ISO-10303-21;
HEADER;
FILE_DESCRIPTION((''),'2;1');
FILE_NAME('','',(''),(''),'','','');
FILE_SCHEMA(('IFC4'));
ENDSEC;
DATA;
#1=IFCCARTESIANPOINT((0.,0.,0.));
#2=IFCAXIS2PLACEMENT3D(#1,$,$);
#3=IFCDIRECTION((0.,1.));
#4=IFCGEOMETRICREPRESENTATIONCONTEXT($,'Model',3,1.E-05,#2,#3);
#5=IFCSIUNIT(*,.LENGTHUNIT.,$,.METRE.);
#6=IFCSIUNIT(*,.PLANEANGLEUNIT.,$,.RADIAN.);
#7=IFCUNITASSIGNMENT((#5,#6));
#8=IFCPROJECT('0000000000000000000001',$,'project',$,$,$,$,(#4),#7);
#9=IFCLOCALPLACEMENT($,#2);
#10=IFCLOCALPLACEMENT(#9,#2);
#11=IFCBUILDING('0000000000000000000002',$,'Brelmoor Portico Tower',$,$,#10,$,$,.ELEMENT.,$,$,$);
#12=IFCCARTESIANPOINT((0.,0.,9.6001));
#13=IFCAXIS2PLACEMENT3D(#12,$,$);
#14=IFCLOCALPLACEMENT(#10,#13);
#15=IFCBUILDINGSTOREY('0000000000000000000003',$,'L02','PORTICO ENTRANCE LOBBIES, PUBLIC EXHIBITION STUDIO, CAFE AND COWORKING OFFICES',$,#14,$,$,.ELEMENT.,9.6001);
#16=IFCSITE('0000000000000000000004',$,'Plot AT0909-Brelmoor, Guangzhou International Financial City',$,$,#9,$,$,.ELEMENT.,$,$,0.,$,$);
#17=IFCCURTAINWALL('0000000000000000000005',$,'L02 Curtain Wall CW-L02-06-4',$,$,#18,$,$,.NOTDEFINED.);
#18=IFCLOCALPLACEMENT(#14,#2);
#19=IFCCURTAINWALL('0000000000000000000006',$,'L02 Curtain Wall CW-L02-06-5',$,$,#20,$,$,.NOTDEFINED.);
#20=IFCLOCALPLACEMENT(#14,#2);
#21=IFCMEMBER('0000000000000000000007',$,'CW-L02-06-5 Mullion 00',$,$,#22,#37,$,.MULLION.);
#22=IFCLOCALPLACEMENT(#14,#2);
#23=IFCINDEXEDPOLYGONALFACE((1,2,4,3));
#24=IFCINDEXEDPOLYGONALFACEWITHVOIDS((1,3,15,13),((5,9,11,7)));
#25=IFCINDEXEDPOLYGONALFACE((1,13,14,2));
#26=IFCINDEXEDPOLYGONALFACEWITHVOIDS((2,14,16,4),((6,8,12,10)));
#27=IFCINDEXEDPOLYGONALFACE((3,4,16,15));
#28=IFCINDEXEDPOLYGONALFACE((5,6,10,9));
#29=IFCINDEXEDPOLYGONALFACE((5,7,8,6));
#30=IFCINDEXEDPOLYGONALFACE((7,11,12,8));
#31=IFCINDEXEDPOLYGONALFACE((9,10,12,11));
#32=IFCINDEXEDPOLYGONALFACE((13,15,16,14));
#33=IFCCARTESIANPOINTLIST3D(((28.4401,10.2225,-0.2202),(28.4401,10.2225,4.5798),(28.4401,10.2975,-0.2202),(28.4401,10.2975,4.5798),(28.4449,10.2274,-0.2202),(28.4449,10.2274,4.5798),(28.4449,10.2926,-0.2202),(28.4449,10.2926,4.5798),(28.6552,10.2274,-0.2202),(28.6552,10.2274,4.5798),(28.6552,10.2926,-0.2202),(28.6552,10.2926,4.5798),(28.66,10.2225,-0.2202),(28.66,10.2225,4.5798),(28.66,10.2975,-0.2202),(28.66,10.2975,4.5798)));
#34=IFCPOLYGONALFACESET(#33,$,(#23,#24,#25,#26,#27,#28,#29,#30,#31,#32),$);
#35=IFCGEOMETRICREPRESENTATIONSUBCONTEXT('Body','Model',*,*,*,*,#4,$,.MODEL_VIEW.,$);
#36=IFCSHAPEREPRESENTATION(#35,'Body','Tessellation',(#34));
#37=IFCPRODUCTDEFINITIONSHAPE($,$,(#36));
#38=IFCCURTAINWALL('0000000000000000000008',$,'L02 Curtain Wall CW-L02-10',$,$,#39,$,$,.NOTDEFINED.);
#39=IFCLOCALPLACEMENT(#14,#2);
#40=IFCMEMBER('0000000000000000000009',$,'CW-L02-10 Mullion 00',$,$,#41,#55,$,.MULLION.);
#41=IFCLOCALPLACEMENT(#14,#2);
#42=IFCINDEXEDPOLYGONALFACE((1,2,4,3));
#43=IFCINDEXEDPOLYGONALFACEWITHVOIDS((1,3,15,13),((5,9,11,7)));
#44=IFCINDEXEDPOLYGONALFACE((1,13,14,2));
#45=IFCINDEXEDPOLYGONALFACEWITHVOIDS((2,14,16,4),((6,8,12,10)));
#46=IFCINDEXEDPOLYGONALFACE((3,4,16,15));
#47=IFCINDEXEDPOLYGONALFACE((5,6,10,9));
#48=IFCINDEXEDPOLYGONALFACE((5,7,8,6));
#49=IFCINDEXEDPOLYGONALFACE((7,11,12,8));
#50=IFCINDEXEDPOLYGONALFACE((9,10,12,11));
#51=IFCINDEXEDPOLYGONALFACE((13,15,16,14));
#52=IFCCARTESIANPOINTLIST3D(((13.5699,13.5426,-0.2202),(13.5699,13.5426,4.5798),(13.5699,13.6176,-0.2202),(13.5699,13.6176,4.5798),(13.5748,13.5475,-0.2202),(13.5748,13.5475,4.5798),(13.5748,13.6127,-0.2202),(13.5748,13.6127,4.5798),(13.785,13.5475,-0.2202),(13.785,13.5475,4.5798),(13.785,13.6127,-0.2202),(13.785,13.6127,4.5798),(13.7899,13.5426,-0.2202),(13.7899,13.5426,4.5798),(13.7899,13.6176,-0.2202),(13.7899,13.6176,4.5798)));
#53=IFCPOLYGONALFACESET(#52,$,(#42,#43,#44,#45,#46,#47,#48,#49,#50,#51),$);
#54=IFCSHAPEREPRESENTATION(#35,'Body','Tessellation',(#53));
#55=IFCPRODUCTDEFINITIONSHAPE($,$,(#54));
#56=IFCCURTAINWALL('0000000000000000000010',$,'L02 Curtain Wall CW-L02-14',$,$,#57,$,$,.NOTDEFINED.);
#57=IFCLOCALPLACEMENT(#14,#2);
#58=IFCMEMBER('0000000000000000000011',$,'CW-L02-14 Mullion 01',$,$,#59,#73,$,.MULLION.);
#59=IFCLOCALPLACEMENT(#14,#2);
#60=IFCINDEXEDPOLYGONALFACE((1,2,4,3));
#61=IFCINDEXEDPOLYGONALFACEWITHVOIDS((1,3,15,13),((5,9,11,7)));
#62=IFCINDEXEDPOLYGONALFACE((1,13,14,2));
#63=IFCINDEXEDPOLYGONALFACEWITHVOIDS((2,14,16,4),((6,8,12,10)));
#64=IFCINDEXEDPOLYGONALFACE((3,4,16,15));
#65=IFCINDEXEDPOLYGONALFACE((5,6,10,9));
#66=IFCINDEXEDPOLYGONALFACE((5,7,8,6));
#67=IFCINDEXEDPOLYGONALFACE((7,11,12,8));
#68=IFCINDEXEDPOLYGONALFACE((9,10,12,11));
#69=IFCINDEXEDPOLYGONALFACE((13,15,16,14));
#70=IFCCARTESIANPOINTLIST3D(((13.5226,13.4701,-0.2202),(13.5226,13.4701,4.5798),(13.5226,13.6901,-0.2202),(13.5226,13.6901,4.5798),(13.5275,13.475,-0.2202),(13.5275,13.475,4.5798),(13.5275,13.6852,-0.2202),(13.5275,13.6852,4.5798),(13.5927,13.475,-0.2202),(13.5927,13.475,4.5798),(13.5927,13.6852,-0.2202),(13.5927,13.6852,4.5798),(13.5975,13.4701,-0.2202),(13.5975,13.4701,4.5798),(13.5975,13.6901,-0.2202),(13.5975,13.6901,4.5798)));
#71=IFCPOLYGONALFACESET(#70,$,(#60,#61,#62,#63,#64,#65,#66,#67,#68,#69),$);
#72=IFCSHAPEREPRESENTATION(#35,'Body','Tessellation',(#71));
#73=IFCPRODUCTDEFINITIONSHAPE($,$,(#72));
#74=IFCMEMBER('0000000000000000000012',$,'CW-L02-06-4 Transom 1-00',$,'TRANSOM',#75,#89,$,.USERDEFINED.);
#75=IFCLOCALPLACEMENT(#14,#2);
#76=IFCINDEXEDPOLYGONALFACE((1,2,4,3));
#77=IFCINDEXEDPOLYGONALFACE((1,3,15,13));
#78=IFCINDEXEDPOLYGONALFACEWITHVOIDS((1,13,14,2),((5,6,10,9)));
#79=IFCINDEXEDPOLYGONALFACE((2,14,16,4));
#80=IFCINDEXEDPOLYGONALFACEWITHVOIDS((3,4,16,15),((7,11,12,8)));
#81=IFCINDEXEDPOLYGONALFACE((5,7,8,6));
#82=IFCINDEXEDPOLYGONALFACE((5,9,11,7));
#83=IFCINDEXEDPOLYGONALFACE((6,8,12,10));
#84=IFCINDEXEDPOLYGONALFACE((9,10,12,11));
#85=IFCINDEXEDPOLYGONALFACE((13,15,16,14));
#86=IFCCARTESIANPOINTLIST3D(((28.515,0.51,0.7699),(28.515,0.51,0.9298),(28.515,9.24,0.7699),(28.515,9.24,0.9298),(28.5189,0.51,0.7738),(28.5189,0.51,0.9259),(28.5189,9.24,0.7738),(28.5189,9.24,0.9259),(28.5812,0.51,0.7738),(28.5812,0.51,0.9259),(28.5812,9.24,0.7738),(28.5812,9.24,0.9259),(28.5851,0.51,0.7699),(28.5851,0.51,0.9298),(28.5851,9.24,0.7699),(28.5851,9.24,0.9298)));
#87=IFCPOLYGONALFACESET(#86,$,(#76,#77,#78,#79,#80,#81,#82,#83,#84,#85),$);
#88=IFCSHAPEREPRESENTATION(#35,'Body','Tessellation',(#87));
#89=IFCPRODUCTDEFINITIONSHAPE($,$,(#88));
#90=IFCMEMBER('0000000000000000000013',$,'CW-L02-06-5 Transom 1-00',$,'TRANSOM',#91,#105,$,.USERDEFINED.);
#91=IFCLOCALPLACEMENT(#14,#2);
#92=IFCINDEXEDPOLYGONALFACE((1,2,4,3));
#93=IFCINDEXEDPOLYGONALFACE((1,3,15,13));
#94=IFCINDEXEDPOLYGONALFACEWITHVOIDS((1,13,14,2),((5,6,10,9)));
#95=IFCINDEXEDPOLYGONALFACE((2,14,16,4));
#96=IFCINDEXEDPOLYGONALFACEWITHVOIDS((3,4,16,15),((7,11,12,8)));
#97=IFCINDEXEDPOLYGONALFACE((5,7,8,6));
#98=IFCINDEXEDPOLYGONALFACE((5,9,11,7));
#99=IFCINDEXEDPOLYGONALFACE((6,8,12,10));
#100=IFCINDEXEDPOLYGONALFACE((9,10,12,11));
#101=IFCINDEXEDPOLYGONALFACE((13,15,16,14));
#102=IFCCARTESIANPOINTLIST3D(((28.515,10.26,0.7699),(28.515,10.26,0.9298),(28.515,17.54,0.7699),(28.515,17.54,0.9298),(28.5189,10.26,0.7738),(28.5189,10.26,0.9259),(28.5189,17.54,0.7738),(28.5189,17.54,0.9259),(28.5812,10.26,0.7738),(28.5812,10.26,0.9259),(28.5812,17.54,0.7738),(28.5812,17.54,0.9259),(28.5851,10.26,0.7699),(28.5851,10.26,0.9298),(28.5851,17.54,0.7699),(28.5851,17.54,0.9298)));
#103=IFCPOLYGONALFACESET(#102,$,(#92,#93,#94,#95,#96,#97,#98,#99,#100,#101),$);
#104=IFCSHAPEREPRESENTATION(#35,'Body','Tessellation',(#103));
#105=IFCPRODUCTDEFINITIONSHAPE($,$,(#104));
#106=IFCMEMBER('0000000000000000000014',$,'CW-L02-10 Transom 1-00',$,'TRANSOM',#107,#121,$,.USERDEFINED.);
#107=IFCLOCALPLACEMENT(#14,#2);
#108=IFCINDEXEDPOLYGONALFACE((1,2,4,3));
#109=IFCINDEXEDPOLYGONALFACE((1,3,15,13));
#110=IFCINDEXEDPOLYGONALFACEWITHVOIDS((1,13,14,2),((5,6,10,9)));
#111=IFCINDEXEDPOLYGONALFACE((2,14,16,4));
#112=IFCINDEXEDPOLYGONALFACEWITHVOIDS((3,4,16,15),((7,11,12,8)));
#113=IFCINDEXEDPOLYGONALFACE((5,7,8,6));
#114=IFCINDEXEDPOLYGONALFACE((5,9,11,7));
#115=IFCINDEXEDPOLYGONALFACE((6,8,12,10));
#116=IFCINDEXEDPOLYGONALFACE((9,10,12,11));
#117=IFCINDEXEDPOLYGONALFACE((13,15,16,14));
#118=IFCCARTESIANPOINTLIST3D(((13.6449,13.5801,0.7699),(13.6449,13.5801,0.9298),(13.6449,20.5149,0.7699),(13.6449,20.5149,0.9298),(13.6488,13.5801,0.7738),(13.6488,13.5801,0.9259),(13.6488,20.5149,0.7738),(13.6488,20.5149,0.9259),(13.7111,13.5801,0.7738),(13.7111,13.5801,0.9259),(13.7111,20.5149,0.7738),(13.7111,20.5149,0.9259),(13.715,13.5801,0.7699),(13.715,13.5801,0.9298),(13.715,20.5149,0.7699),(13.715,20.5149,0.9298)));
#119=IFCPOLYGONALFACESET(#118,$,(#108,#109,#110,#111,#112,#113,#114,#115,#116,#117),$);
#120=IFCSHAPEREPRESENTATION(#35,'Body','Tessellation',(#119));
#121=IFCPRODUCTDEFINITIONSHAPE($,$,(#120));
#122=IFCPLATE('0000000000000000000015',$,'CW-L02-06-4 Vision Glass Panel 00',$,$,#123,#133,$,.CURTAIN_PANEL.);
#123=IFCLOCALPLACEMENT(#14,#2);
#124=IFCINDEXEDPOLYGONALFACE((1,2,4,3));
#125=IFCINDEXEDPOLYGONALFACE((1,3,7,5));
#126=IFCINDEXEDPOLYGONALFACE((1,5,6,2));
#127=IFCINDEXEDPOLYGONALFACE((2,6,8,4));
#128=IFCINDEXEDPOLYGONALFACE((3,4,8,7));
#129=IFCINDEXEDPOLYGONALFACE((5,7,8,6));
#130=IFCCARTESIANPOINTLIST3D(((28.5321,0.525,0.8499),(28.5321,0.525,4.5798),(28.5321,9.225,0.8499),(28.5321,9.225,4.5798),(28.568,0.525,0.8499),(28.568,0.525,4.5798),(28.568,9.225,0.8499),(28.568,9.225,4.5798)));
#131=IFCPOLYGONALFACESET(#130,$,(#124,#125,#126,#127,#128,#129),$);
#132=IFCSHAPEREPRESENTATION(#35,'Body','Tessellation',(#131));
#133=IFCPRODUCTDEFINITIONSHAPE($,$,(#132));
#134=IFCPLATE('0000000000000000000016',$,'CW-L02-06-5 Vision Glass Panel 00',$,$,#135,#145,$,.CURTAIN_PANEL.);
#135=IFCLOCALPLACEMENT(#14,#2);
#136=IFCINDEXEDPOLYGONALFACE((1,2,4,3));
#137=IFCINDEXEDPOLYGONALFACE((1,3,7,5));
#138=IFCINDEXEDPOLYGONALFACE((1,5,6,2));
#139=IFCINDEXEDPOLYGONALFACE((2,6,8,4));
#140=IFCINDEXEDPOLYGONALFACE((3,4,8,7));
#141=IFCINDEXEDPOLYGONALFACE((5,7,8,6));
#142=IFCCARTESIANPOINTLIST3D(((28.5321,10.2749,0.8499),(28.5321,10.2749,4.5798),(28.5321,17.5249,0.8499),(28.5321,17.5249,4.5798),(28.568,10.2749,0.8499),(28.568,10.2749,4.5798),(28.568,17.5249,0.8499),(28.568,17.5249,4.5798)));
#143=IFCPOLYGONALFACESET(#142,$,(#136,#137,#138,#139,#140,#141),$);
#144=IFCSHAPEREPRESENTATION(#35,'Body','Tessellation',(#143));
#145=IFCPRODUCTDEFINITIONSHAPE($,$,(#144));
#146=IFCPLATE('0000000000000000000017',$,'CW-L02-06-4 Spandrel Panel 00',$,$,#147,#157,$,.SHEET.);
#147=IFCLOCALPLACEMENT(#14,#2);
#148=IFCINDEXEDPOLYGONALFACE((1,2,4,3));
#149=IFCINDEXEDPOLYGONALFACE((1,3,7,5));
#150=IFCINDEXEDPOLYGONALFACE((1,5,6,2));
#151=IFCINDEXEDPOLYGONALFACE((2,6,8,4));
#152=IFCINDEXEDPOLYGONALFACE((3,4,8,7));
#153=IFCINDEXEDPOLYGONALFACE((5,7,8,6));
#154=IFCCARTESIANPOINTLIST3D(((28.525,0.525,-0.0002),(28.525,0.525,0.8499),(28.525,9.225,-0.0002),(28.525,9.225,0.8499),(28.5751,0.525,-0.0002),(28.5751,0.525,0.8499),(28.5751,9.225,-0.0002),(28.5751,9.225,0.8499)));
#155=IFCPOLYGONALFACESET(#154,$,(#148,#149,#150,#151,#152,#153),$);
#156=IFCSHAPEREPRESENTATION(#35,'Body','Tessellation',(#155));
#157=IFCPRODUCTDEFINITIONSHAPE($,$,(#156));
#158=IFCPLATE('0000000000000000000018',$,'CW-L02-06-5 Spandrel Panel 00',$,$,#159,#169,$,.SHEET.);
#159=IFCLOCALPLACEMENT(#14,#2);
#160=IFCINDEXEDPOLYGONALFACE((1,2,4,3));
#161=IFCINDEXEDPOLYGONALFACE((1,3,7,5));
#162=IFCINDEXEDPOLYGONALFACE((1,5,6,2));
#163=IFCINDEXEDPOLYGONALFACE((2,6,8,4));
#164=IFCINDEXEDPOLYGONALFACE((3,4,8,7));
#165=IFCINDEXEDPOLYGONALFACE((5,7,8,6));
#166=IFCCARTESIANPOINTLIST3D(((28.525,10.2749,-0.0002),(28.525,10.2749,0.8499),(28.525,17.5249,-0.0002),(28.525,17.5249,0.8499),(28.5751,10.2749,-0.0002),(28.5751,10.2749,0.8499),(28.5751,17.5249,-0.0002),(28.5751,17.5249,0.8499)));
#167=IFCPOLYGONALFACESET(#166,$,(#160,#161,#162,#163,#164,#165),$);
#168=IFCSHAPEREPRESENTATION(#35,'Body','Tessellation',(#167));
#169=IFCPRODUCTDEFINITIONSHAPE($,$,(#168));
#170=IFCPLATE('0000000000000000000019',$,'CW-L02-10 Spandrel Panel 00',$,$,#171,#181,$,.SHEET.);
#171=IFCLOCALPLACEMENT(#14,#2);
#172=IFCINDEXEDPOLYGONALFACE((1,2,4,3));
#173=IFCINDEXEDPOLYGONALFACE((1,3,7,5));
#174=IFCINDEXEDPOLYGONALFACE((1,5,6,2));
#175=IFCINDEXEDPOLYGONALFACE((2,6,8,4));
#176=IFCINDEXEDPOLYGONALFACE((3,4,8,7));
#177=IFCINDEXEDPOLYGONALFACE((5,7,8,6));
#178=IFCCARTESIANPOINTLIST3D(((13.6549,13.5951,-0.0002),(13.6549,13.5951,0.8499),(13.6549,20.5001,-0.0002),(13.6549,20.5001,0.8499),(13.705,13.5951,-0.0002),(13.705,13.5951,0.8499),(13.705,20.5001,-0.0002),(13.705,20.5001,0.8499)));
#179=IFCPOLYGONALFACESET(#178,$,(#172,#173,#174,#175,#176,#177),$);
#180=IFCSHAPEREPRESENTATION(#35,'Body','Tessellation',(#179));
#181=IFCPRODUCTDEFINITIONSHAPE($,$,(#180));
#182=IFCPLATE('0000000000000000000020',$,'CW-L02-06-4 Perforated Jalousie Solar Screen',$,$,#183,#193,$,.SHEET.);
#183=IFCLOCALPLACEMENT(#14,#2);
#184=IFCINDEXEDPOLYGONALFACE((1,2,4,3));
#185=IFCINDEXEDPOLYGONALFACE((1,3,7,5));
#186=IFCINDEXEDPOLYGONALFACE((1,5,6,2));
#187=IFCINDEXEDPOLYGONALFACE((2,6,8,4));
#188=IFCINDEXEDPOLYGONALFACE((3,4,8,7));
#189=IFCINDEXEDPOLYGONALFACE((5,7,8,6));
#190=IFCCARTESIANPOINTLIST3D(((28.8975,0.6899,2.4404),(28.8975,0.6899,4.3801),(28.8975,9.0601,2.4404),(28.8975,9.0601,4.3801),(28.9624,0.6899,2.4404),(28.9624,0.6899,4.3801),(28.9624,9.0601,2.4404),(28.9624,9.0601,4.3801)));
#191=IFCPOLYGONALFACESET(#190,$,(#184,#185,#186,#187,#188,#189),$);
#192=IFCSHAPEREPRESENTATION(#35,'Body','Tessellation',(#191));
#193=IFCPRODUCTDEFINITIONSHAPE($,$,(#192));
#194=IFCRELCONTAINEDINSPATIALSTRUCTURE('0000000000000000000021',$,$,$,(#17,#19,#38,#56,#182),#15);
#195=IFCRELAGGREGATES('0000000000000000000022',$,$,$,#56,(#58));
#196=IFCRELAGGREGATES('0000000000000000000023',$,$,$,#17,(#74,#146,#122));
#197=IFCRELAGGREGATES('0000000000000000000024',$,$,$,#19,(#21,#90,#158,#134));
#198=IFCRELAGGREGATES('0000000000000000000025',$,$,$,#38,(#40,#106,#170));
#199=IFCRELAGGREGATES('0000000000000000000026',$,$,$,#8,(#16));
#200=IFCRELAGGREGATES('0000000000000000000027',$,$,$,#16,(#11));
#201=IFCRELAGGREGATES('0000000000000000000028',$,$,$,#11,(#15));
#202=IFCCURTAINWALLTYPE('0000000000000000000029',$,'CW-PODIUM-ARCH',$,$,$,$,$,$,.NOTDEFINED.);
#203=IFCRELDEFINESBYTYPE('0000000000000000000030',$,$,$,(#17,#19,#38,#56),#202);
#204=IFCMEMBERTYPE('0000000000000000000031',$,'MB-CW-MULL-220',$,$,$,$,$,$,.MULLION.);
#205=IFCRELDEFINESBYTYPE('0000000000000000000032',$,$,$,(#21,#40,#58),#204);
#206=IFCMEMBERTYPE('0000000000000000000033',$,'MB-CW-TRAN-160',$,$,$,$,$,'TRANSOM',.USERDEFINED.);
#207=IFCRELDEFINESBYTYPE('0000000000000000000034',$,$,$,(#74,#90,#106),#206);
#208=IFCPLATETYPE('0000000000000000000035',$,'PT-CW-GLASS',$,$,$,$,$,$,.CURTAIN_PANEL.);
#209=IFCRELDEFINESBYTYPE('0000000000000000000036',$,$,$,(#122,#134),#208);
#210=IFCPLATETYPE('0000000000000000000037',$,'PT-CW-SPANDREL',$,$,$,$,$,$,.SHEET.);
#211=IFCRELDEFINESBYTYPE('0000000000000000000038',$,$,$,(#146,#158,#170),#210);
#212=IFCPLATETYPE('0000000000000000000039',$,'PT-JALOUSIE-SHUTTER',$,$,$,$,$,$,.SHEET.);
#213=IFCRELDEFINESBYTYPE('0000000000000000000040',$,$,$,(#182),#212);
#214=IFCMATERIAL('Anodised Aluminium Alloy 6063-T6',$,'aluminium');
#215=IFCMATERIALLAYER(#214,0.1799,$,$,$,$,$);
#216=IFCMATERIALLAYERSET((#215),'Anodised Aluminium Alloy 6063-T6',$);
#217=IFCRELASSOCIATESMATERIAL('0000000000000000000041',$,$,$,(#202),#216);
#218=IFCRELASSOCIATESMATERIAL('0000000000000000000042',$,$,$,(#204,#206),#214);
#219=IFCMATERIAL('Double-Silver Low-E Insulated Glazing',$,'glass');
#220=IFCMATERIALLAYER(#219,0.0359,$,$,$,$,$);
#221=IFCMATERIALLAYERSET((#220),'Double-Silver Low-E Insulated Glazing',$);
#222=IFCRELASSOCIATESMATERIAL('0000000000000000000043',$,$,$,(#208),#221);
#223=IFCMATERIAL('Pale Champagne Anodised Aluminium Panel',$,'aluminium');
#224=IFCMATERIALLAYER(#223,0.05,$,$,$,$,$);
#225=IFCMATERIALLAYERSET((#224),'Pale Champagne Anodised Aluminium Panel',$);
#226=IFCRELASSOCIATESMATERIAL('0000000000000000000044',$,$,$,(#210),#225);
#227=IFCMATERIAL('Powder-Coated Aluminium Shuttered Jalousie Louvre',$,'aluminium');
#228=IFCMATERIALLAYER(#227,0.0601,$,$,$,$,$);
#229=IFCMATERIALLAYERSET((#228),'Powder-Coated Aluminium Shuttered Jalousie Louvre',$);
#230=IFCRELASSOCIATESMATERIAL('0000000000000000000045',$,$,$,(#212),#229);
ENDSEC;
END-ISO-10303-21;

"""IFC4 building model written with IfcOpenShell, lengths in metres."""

from ifc_helpers import new_model, si_unit, direction, frame, origin, origin_2d, place, context, subcontext, project, spatial, rectangle, hollow_rectangle, extrude, material, layer, layer_set, material_profile, profile_set, type_object, element, aggregate, save


model = new_model("IFC4")

# Units and contexts
model_context = context("Model", 3, precision=1e-05, world=origin(), true_north=direction((0.0, 1.0)))
body_context = subcontext(model_context, "Body", "Model", "MODEL_VIEW")
ifc_project = project(units=[si_unit("LENGTHUNIT", "METRE"), si_unit("PLANEANGLEUNIT", "RADIAN")], contexts=[model_context])

# Site, building, storey
site_placement = place(None, origin())
site = spatial("IfcSite", under=ifc_project, at=site_placement, Name="Plot AT0909-Brelmoor, Guangzhou International Financial City", CompositionType="ELEMENT", RefElevation=0.0)
building_placement = place(site_placement, origin())
building = spatial("IfcBuilding", under=site, at=building_placement, Name="Brelmoor Portico Tower", CompositionType="ELEMENT")
storey_placement = place(building_placement, frame((0.0, 0.0, 9.6001)))
storey = spatial("IfcBuildingStorey", under=building, at=storey_placement, Name="L02", Description="PORTICO ENTRANCE LOBBIES, PUBLIC EXHIBITION STUDIO, CAFE AND COWORKING OFFICES", CompositionType="ELEMENT", Elevation=9.6001)

# Curtain wall
ifc_material_1 = material(Name="Anodised Aluminium Alloy 6063-T6", Category="aluminium")
ifc_layer_1 = layer(ifc_material_1, 0.1799)
ifc_layer_set_1 = layer_set([ifc_layer_1], Name="Anodised Aluminium Alloy 6063-T6")
curtain_wall_type = type_object("IfcCurtainWallType", Name="CW-PODIUM-ARCH", PredefinedType="NOTDEFINED", material=ifc_layer_set_1)
curtain_wall_1_placement = place(storey_placement, origin())
curtain_wall_1 = element("IfcCurtainWall", 1, at=curtain_wall_1_placement, inside=storey, type_object=curtain_wall_type, Name="L02 Curtain Wall CW-L02-06-4", PredefinedType="NOTDEFINED")
ifc_material_profile_1 = material_profile(ifc_material_1, hollow_rectangle(XDim=0.075, YDim=0.22, WallThickness=0.0049, at=origin_2d()), Name="ALU MULLION 75x220")
ifc_profile_set_1 = profile_set([ifc_material_profile_1], Name="Anodised Aluminium Alloy 6063-T6")
member_type_1 = type_object("IfcMemberType", Name="MB-CW-MULL-220", PredefinedType="MULLION", material=ifc_profile_set_1)

# Curtain walls, members
curtain_wall_2_placement = place(storey_placement, origin())
curtain_wall_2 = element("IfcCurtainWall", 2, at=curtain_wall_2_placement, inside=storey, type_object=curtain_wall_type, Name="L02 Curtain Wall CW-L02-06-5", PredefinedType="NOTDEFINED")
member_1_placement = place(storey_placement, frame((28.55, 10.26, -0.2202), z_axis=(0.0, 0.0, 1.0), x_axis=(0.0, 1.0, 0.0)))
member_1 = element("IfcMember", 3, at=member_1_placement, type_object=member_type_1, Name="CW-L02-06-5 Mullion 00", PredefinedType="MULLION", context=body_context, shape_type="SweptSolid", body=[
    extrude(hollow_rectangle(XDim=0.075, YDim=0.22, WallThickness=0.0049, at=origin_2d()), origin(), (0.0, 0.0, 1.0), 4.8),
])
curtain_wall_3_placement = place(storey_placement, origin())
curtain_wall_3 = element("IfcCurtainWall", 4, at=curtain_wall_3_placement, inside=storey, type_object=curtain_wall_type, Name="L02 Curtain Wall CW-L02-10", PredefinedType="NOTDEFINED")
member_2_placement = place(storey_placement, frame((13.6799, 13.5801, -0.2202), z_axis=(0.0, 0.0, 1.0), x_axis=(0.0, 1.0, 0.0)))
member_2 = element("IfcMember", 5, at=member_2_placement, type_object=member_type_1, Name="CW-L02-10 Mullion 00", PredefinedType="MULLION", context=body_context, shape_type="SweptSolid", body=[
    extrude(hollow_rectangle(XDim=0.075, YDim=0.22, WallThickness=0.0049, at=origin_2d()), origin(), (0.0, 0.0, 1.0), 4.8),
])
curtain_wall_4_placement = place(storey_placement, origin())
curtain_wall_4 = element("IfcCurtainWall", 6, at=curtain_wall_4_placement, inside=storey, type_object=curtain_wall_type, Name="L02 Curtain Wall CW-L02-14", PredefinedType="NOTDEFINED")
member_3_placement = place(storey_placement, frame((13.5601, 13.5801, -0.2202), z_axis=(0.0, 0.0, 1.0), x_axis=(1.0, 0.0, 0.0)))
member_3 = element("IfcMember", 7, at=member_3_placement, type_object=member_type_1, Name="CW-L02-14 Mullion 01", PredefinedType="MULLION", context=body_context, shape_type="SweptSolid", body=[
    extrude(hollow_rectangle(XDim=0.075, YDim=0.22, WallThickness=0.0049, at=origin_2d()), origin(), (0.0, 0.0, 1.0), 4.8),
])
aggregate(curtain_wall_4, [member_3])

# Members
ifc_material_profile_2 = material_profile(ifc_material_1, hollow_rectangle(XDim=0.0701, YDim=0.1599, WallThickness=0.0039, at=origin_2d()), Name="ALU TRANSOM 70x160")
ifc_profile_set_2 = profile_set([ifc_material_profile_2], Name="Anodised Aluminium Alloy 6063-T6")
member_type_2 = type_object("IfcMemberType", Name="MB-CW-TRAN-160", ElementType="TRANSOM", PredefinedType="USERDEFINED", material=ifc_profile_set_2)
member_4_placement = place(storey_placement, frame((28.55, 0.51, 0.8499), z_axis=(0.0, 1.0, 0.0), x_axis=(-1.0, 0.0, 0.0)))
member_4 = element("IfcMember", 8, at=member_4_placement, type_object=member_type_2, Name="CW-L02-06-4 Transom 1-00", ObjectType="TRANSOM", PredefinedType="USERDEFINED", context=body_context, shape_type="SweptSolid", body=[
    extrude(hollow_rectangle(XDim=0.0701, YDim=0.1599, WallThickness=0.0039, at=origin_2d()), origin(), (0.0, 0.0, 1.0), 8.73),
])
member_5_placement = place(storey_placement, frame((28.55, 10.26, 0.8499), z_axis=(0.0, 1.0, 0.0), x_axis=(-1.0, 0.0, 0.0)))
member_5 = element("IfcMember", 9, at=member_5_placement, type_object=member_type_2, Name="CW-L02-06-5 Transom 1-00", ObjectType="TRANSOM", PredefinedType="USERDEFINED", context=body_context, shape_type="SweptSolid", body=[
    extrude(hollow_rectangle(XDim=0.0701, YDim=0.1599, WallThickness=0.0039, at=origin_2d()), origin(), (0.0, 0.0, 1.0), 7.28),
])
member_6_placement = place(storey_placement, frame((13.6799, 13.5801, 0.8499), z_axis=(0.0, 1.0, 0.0), x_axis=(-1.0, 0.0, 0.0)))
member_6 = element("IfcMember", 10, at=member_6_placement, type_object=member_type_2, Name="CW-L02-10 Transom 1-00", ObjectType="TRANSOM", PredefinedType="USERDEFINED", context=body_context, shape_type="SweptSolid", body=[
    extrude(hollow_rectangle(XDim=0.0701, YDim=0.1599, WallThickness=0.0039, at=origin_2d()), origin(), (0.0, 0.0, 1.0), 6.9348),
])

# Plates
ifc_material_2 = material(Name="Double-Silver Low-E Insulated Glazing", Category="glass")
ifc_layer_2 = layer(ifc_material_2, 0.0359)
ifc_layer_set_2 = layer_set([ifc_layer_2], Name="Double-Silver Low-E Insulated Glazing")
plate_type_1 = type_object("IfcPlateType", Name="PT-CW-GLASS", PredefinedType="CURTAIN_PANEL", material=ifc_layer_set_2)
plate_1_placement = place(storey_placement, frame((28.55, 4.875, 0.8499), z_axis=(0.0, 0.0, 1.0), x_axis=(0.0, 1.0, 0.0)))
plate_1 = element("IfcPlate", 11, at=plate_1_placement, type_object=plate_type_1, Name="CW-L02-06-4 Vision Glass Panel 00", PredefinedType="CURTAIN_PANEL", context=body_context, shape_type="SweptSolid", body=[
    extrude(rectangle(XDim=8.7, YDim=0.0359, at=origin_2d()), origin(), (0.0, 0.0, 1.0), 3.73),
])
plate_2_placement = place(storey_placement, frame((28.55, 13.8999, 0.8499), z_axis=(0.0, 0.0, 1.0), x_axis=(0.0, 1.0, 0.0)))
plate_2 = element("IfcPlate", 12, at=plate_2_placement, type_object=plate_type_1, Name="CW-L02-06-5 Vision Glass Panel 00", PredefinedType="CURTAIN_PANEL", context=body_context, shape_type="SweptSolid", body=[
    extrude(rectangle(XDim=7.25, YDim=0.0359, at=origin_2d()), origin(), (0.0, 0.0, 1.0), 3.73),
])
ifc_material_3 = material(Name="Pale Champagne Anodised Aluminium Panel", Category="aluminium")
ifc_layer_3 = layer(ifc_material_3, 0.05)
ifc_layer_set_3 = layer_set([ifc_layer_3], Name="Pale Champagne Anodised Aluminium Panel")
plate_type_2 = type_object("IfcPlateType", Name="PT-CW-SPANDREL", PredefinedType="SHEET", material=ifc_layer_set_3)
plate_3_placement = place(storey_placement, frame((28.55, 4.875, -0.0002), z_axis=(0.0, 0.0, 1.0), x_axis=(0.0, 1.0, 0.0)))
plate_3 = element("IfcPlate", 13, at=plate_3_placement, type_object=plate_type_2, Name="CW-L02-06-4 Spandrel Panel 00", PredefinedType="SHEET", context=body_context, shape_type="SweptSolid", body=[
    extrude(rectangle(XDim=8.7, YDim=0.05, at=origin_2d()), origin(), (0.0, 0.0, 1.0), 0.8501),
])
aggregate(curtain_wall_1, [member_4, plate_3, plate_1])
plate_4_placement = place(storey_placement, frame((28.55, 13.8999, -0.0002), z_axis=(0.0, 0.0, 1.0), x_axis=(0.0, 1.0, 0.0)))
plate_4 = element("IfcPlate", 14, at=plate_4_placement, type_object=plate_type_2, Name="CW-L02-06-5 Spandrel Panel 00", PredefinedType="SHEET", context=body_context, shape_type="SweptSolid", body=[
    extrude(rectangle(XDim=7.25, YDim=0.05, at=origin_2d()), origin(), (0.0, 0.0, 1.0), 0.8501),
])
aggregate(curtain_wall_2, [member_1, member_5, plate_4, plate_2])
plate_5_placement = place(storey_placement, frame((13.6799, 17.0476, -0.0002), z_axis=(0.0, 0.0, 1.0), x_axis=(0.0, 1.0, 0.0)))
plate_5 = element("IfcPlate", 15, at=plate_5_placement, type_object=plate_type_2, Name="CW-L02-10 Spandrel Panel 00", PredefinedType="SHEET", context=body_context, shape_type="SweptSolid", body=[
    extrude(rectangle(XDim=6.905, YDim=0.05, at=origin_2d()), origin(), (0.0, 0.0, 1.0), 0.8501),
])
aggregate(curtain_wall_3, [member_2, member_6, plate_5])

# Plate
ifc_material_4 = material(Name="Powder-Coated Aluminium Shuttered Jalousie Louvre", Category="aluminium")
ifc_layer_4 = layer(ifc_material_4, 0.0601)
ifc_layer_set_4 = layer_set([ifc_layer_4], Name="Powder-Coated Aluminium Shuttered Jalousie Louvre")
plate_type_3 = type_object("IfcPlateType", Name="PT-JALOUSIE-SHUTTER", PredefinedType="SHEET", material=ifc_layer_set_4)
plate_6_placement = place(storey_placement, frame((28.9299, 4.875, 2.4404), z_axis=(0.0, 0.0, 1.0), x_axis=(0.0, 1.0, 0.0)))
element("IfcPlate", 16, at=plate_6_placement, inside=storey, type_object=plate_type_3, Name="CW-L02-06-4 Perforated Jalousie Solar Screen", PredefinedType="SHEET", context=body_context, shape_type="SweptSolid", body=[
    extrude(rectangle(XDim=8.3701, YDim=0.0649, at=origin_2d()), origin(), (0.0, 0.0, 1.0), 1.9397),
])

save(model, "model.ifc")
